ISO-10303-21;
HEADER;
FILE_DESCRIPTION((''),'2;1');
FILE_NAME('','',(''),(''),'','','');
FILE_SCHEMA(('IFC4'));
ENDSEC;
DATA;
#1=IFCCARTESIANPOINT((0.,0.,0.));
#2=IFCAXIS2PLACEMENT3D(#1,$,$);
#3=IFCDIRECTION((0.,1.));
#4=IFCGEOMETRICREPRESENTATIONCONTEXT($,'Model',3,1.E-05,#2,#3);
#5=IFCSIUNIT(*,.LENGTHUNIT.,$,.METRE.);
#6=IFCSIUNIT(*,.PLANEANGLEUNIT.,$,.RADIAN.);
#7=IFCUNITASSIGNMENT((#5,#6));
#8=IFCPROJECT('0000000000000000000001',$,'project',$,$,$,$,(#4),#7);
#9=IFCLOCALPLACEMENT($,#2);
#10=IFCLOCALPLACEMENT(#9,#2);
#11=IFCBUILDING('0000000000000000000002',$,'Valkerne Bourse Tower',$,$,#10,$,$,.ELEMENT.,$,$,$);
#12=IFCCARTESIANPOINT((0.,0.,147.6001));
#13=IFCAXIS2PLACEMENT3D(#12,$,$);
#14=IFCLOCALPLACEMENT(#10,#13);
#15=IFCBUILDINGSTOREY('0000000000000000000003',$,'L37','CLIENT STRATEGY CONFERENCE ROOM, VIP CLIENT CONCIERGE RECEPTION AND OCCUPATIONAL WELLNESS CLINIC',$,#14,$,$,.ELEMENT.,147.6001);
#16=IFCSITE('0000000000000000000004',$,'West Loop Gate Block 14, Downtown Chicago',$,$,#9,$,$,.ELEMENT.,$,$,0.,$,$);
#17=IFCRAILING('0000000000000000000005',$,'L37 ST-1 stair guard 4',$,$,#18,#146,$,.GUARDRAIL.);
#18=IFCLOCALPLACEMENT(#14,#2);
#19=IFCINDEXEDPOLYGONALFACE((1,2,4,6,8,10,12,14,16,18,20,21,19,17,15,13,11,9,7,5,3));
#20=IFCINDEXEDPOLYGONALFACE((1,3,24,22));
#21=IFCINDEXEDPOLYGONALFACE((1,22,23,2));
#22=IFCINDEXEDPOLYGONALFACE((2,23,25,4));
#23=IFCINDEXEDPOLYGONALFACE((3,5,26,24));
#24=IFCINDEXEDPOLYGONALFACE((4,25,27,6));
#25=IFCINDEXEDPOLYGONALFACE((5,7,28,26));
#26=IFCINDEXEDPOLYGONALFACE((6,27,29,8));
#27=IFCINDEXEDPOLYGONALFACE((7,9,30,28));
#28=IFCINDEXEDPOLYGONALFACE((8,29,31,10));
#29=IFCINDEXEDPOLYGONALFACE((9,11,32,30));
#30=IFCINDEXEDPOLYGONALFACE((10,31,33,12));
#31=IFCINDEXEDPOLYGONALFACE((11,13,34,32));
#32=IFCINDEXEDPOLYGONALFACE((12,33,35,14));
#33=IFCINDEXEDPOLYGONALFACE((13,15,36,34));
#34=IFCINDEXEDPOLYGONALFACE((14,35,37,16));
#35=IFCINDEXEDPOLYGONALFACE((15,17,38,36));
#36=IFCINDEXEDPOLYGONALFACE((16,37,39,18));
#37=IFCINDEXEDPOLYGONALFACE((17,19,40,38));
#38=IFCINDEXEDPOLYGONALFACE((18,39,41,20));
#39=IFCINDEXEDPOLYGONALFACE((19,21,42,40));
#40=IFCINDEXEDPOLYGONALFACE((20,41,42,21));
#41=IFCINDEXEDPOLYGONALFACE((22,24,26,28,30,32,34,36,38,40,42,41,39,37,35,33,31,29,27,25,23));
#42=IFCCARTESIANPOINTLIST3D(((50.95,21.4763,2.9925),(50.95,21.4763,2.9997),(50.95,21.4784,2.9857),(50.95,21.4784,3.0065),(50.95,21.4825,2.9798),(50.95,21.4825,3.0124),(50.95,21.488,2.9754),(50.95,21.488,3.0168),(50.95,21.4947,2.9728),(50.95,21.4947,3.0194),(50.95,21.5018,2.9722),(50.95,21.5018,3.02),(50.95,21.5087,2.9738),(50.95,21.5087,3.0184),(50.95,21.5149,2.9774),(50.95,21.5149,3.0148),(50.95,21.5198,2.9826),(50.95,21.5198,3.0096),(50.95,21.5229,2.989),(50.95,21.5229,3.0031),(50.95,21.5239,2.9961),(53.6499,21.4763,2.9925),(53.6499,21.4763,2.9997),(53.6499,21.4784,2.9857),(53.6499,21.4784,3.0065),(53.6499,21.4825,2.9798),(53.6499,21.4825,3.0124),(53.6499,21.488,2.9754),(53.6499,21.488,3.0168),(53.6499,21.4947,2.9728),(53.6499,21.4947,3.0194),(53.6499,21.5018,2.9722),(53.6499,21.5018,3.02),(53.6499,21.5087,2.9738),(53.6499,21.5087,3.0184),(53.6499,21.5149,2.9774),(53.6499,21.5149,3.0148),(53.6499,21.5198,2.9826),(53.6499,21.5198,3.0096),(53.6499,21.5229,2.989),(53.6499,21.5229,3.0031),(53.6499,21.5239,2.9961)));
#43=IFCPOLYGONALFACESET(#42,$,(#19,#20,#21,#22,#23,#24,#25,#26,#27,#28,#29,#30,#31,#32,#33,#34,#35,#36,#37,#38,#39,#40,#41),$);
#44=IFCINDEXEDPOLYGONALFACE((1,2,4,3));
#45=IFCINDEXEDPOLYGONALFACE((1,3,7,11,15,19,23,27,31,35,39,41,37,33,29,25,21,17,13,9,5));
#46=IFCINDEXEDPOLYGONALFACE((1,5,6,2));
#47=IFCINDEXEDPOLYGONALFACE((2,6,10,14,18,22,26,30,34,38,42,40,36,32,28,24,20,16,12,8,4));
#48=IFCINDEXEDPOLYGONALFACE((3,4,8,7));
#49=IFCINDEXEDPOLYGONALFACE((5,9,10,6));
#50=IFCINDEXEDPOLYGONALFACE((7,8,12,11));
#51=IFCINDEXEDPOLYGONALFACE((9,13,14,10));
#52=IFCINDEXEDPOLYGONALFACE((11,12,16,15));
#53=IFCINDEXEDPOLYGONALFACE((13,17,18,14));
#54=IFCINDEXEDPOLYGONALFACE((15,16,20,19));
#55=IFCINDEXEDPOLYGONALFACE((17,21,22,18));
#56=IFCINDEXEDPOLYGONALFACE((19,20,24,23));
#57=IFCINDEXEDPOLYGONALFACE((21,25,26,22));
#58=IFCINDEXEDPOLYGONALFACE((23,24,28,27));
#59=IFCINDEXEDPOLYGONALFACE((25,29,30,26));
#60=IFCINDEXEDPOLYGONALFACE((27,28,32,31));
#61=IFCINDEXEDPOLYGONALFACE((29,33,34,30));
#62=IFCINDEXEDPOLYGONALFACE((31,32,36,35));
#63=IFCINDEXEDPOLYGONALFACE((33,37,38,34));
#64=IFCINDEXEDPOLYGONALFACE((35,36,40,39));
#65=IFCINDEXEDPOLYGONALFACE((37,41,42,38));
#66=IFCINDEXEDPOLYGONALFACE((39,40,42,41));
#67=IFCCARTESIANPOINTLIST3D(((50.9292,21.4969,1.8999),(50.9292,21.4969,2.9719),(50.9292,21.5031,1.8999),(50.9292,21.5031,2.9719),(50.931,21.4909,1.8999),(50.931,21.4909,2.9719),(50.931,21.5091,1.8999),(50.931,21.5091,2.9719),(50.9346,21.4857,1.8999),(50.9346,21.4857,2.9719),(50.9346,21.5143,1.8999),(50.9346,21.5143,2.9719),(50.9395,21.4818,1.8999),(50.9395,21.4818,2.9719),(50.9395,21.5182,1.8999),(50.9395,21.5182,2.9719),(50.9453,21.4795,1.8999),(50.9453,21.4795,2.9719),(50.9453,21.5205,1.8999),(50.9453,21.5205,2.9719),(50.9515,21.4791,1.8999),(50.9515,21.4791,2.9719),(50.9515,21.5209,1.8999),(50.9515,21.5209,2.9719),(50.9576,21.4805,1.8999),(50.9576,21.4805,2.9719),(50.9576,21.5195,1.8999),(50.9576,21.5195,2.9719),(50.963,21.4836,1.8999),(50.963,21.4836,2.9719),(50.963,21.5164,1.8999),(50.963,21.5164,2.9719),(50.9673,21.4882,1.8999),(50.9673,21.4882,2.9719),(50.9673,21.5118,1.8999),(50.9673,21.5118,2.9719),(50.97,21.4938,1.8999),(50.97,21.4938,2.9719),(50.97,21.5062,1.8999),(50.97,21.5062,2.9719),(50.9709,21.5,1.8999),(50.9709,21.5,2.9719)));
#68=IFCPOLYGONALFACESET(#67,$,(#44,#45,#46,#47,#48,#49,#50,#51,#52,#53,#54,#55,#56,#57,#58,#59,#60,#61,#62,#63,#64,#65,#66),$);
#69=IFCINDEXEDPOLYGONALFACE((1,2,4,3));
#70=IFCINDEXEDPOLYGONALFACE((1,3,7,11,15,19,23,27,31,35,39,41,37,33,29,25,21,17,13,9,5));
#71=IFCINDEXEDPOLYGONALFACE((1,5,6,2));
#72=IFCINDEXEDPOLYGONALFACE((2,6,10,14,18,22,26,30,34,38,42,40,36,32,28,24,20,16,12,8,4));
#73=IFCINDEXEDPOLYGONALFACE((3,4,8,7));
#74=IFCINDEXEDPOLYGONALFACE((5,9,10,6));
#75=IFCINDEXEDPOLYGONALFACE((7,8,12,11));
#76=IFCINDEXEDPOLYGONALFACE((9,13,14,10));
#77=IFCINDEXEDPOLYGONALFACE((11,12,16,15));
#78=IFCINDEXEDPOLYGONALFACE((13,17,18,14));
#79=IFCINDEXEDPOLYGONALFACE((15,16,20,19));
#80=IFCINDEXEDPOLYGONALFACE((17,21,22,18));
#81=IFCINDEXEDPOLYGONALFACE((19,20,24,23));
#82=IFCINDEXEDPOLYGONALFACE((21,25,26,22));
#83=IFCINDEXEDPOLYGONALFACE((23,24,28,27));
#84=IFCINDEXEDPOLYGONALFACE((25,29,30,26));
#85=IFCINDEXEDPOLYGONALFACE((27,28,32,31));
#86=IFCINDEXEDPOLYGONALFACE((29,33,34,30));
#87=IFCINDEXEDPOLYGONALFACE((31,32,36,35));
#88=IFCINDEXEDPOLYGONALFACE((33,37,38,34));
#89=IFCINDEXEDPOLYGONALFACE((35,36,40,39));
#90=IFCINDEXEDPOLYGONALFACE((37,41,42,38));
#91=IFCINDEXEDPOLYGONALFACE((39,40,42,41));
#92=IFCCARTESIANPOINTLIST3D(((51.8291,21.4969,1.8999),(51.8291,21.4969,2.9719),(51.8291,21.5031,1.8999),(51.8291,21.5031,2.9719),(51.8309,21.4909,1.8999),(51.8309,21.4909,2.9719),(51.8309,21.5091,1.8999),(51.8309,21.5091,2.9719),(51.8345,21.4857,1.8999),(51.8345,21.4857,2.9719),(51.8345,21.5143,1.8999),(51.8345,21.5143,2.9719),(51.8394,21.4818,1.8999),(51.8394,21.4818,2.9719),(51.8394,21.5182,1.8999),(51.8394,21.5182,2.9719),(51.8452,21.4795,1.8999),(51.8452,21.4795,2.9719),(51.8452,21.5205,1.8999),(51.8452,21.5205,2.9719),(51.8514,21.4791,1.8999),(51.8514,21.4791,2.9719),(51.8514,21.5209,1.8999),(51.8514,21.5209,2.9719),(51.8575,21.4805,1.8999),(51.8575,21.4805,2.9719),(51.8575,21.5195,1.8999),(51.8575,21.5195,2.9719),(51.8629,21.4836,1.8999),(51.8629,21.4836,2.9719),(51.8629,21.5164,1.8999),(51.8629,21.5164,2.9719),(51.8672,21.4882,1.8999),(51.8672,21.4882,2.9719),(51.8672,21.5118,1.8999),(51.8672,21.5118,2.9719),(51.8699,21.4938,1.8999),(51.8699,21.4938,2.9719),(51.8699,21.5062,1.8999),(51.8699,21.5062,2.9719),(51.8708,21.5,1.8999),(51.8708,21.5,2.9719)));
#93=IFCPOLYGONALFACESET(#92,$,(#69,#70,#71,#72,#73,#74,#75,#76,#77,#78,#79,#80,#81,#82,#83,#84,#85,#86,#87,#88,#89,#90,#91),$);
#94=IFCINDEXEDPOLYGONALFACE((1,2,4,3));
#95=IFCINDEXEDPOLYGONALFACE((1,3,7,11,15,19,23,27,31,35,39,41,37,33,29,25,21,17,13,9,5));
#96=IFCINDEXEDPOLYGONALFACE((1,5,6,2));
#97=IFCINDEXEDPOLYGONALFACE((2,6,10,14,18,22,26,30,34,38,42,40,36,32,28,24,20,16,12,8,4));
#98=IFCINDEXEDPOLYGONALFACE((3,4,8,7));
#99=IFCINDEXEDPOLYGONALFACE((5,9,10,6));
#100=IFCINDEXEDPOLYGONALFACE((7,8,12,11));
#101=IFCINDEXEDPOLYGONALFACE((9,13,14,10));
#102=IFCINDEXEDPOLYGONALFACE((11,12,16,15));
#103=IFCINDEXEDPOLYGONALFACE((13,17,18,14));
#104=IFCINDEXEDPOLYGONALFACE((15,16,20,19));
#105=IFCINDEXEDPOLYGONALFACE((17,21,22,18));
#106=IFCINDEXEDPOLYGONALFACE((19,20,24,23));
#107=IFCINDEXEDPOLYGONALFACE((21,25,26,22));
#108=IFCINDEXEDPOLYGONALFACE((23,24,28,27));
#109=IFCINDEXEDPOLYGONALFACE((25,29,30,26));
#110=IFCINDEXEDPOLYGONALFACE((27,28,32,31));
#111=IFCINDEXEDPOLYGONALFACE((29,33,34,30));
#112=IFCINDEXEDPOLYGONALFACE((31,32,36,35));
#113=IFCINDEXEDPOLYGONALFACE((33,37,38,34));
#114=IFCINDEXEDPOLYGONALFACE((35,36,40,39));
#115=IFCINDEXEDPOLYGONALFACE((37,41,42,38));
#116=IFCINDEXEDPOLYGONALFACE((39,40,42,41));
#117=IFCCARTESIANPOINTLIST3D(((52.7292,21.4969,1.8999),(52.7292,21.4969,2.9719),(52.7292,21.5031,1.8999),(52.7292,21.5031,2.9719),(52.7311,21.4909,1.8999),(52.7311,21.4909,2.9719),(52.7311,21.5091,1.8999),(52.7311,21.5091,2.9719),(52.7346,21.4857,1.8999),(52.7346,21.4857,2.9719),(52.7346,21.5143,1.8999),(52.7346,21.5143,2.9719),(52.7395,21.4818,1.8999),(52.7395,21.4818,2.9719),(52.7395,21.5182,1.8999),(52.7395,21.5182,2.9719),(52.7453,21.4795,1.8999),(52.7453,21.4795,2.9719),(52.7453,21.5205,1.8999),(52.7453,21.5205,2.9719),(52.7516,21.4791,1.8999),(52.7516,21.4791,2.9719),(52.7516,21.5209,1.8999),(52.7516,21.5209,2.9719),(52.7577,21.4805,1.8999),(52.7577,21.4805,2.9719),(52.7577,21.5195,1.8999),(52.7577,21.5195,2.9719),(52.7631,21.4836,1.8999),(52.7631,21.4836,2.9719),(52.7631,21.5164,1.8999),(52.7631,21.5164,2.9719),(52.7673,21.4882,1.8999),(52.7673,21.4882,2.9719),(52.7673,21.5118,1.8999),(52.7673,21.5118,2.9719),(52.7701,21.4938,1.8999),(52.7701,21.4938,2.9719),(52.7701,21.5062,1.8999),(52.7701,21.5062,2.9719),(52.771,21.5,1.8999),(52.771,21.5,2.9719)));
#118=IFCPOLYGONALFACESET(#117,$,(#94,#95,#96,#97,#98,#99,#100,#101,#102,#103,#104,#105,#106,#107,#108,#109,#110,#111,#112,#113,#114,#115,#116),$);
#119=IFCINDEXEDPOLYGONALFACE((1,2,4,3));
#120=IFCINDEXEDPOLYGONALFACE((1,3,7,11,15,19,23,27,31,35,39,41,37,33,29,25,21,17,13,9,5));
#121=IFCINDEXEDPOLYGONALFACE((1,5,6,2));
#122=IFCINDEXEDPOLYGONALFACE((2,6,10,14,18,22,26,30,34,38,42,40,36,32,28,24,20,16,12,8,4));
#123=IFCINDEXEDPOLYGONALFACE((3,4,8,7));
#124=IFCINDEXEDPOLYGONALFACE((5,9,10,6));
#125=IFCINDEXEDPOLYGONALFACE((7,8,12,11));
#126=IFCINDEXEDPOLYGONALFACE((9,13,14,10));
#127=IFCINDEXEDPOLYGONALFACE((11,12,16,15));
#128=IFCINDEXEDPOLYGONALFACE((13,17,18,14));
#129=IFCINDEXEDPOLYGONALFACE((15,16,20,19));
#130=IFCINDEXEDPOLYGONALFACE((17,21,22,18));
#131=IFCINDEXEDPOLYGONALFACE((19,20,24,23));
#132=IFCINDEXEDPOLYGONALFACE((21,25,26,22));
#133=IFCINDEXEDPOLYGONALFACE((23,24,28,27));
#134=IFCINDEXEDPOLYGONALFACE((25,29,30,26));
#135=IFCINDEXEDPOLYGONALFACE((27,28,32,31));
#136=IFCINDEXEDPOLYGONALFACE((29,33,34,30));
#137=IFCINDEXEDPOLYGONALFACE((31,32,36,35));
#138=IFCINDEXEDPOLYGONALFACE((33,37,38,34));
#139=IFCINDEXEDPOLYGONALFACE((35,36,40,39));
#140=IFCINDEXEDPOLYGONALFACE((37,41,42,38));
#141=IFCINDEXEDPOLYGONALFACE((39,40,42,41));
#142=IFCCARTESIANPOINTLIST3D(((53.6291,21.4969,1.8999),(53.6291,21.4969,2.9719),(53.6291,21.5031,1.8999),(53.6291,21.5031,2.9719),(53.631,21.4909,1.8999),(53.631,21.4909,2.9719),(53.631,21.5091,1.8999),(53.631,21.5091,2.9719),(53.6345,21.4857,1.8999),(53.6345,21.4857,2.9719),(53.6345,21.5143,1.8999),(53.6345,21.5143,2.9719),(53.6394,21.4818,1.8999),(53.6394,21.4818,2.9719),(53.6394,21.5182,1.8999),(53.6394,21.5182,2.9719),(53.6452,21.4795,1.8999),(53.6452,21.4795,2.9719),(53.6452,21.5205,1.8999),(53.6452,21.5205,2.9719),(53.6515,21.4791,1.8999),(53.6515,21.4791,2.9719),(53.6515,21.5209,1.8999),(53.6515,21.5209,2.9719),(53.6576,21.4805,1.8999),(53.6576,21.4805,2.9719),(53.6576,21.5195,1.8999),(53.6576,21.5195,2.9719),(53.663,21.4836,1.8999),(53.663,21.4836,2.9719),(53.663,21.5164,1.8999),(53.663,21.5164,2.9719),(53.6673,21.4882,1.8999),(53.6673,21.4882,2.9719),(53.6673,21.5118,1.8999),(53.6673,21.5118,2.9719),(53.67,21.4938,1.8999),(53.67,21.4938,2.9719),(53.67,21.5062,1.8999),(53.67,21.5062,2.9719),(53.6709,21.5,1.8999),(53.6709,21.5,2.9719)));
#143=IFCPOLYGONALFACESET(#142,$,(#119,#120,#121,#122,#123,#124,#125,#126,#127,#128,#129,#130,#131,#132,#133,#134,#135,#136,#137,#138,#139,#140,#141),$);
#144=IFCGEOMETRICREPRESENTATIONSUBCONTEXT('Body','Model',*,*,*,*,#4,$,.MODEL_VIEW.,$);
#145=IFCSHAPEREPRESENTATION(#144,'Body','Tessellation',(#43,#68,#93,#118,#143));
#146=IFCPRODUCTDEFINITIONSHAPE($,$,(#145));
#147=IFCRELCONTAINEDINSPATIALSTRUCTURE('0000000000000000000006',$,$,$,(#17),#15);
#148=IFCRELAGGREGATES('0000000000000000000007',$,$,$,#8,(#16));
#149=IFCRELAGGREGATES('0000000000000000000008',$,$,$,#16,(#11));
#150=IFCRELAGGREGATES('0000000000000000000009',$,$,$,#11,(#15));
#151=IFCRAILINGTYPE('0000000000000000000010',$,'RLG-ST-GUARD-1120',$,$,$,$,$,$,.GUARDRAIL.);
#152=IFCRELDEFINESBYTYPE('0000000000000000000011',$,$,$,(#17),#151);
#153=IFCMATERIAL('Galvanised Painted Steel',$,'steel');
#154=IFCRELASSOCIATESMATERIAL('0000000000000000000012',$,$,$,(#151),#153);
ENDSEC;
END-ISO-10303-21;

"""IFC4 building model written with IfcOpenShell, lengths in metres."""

from ifc_helpers import new_model, si_unit, direction, frame, origin, origin_2d, place, context, subcontext, project, spatial, circle, extrude, material, type_object, element, save


model = new_model("IFC4")

# Units and contexts
model_context = context("Model", 3, precision=1e-05, world=origin(), true_north=direction((0.0, 1.0)))
body_context = subcontext(model_context, "Body", "Model", "MODEL_VIEW")
ifc_project = project(units=[si_unit("LENGTHUNIT", "METRE"), si_unit("PLANEANGLEUNIT", "RADIAN")], contexts=[model_context])

# Site, building, storey
site_placement = place(None, origin())
site = spatial("IfcSite", under=ifc_project, at=site_placement, Name="West Loop Gate Block 14, Downtown Chicago", CompositionType="ELEMENT", RefElevation=0.0)
building_placement = place(site_placement, origin())
building = spatial("IfcBuilding", under=site, at=building_placement, Name="Valkerne Bourse Tower", CompositionType="ELEMENT")
storey_placement = place(building_placement, frame((0.0, 0.0, 147.6001)))
storey = spatial("IfcBuildingStorey", under=building, at=storey_placement, Name="L37", Description="CLIENT STRATEGY CONFERENCE ROOM, VIP CLIENT CONCIERGE RECEPTION AND OCCUPATIONAL WELLNESS CLINIC", CompositionType="ELEMENT", Elevation=147.6001)

# Shared definitions
ifc_material_1 = material(Name="Galvanised Painted Steel", Category="steel")

# Railing
railing_type_1 = type_object("IfcRailingType", Name="RLG-ST-GUARD-1120", PredefinedType="GUARDRAIL", material=ifc_material_1)
for number, where, name in (
    (1, (50.95, 21.5, 1.8999), "L37 ST-1 stair guard 4"),
):
    element("IfcRailing", number, at=place(storey_placement, frame(where)), inside=storey, type_object=railing_type_1, Name=name, PredefinedType="GUARDRAIL", context=body_context, shape_type="SweptSolid", body=[
        extrude(circle(Radius=0.0239, at=origin_2d()), frame((0.0, 0.0, 1.0962), z_axis=(1.0, 0.0, 0.0), x_axis=(0.0, 1.0, 0.0)), (0.0, 0.0, 1.0), 2.7),
        extrude(circle(Radius=0.021, at=origin_2d()), origin(), (0.0, 0.0, 1.0), 1.072),
        extrude(circle(Radius=0.021, at=origin_2d()), frame((0.8999, 0.0, 0.0)), (0.0, 0.0, 1.0), 1.072),
        extrude(circle(Radius=0.021, at=origin_2d()), frame((1.8, 0.0, 0.0)), (0.0, 0.0, 1.0), 1.072),
        extrude(circle(Radius=0.021, at=origin_2d()), frame((2.7, 0.0, 0.0)), (0.0, 0.0, 1.0), 1.072),
    ])

save(model, "model.ifc")
